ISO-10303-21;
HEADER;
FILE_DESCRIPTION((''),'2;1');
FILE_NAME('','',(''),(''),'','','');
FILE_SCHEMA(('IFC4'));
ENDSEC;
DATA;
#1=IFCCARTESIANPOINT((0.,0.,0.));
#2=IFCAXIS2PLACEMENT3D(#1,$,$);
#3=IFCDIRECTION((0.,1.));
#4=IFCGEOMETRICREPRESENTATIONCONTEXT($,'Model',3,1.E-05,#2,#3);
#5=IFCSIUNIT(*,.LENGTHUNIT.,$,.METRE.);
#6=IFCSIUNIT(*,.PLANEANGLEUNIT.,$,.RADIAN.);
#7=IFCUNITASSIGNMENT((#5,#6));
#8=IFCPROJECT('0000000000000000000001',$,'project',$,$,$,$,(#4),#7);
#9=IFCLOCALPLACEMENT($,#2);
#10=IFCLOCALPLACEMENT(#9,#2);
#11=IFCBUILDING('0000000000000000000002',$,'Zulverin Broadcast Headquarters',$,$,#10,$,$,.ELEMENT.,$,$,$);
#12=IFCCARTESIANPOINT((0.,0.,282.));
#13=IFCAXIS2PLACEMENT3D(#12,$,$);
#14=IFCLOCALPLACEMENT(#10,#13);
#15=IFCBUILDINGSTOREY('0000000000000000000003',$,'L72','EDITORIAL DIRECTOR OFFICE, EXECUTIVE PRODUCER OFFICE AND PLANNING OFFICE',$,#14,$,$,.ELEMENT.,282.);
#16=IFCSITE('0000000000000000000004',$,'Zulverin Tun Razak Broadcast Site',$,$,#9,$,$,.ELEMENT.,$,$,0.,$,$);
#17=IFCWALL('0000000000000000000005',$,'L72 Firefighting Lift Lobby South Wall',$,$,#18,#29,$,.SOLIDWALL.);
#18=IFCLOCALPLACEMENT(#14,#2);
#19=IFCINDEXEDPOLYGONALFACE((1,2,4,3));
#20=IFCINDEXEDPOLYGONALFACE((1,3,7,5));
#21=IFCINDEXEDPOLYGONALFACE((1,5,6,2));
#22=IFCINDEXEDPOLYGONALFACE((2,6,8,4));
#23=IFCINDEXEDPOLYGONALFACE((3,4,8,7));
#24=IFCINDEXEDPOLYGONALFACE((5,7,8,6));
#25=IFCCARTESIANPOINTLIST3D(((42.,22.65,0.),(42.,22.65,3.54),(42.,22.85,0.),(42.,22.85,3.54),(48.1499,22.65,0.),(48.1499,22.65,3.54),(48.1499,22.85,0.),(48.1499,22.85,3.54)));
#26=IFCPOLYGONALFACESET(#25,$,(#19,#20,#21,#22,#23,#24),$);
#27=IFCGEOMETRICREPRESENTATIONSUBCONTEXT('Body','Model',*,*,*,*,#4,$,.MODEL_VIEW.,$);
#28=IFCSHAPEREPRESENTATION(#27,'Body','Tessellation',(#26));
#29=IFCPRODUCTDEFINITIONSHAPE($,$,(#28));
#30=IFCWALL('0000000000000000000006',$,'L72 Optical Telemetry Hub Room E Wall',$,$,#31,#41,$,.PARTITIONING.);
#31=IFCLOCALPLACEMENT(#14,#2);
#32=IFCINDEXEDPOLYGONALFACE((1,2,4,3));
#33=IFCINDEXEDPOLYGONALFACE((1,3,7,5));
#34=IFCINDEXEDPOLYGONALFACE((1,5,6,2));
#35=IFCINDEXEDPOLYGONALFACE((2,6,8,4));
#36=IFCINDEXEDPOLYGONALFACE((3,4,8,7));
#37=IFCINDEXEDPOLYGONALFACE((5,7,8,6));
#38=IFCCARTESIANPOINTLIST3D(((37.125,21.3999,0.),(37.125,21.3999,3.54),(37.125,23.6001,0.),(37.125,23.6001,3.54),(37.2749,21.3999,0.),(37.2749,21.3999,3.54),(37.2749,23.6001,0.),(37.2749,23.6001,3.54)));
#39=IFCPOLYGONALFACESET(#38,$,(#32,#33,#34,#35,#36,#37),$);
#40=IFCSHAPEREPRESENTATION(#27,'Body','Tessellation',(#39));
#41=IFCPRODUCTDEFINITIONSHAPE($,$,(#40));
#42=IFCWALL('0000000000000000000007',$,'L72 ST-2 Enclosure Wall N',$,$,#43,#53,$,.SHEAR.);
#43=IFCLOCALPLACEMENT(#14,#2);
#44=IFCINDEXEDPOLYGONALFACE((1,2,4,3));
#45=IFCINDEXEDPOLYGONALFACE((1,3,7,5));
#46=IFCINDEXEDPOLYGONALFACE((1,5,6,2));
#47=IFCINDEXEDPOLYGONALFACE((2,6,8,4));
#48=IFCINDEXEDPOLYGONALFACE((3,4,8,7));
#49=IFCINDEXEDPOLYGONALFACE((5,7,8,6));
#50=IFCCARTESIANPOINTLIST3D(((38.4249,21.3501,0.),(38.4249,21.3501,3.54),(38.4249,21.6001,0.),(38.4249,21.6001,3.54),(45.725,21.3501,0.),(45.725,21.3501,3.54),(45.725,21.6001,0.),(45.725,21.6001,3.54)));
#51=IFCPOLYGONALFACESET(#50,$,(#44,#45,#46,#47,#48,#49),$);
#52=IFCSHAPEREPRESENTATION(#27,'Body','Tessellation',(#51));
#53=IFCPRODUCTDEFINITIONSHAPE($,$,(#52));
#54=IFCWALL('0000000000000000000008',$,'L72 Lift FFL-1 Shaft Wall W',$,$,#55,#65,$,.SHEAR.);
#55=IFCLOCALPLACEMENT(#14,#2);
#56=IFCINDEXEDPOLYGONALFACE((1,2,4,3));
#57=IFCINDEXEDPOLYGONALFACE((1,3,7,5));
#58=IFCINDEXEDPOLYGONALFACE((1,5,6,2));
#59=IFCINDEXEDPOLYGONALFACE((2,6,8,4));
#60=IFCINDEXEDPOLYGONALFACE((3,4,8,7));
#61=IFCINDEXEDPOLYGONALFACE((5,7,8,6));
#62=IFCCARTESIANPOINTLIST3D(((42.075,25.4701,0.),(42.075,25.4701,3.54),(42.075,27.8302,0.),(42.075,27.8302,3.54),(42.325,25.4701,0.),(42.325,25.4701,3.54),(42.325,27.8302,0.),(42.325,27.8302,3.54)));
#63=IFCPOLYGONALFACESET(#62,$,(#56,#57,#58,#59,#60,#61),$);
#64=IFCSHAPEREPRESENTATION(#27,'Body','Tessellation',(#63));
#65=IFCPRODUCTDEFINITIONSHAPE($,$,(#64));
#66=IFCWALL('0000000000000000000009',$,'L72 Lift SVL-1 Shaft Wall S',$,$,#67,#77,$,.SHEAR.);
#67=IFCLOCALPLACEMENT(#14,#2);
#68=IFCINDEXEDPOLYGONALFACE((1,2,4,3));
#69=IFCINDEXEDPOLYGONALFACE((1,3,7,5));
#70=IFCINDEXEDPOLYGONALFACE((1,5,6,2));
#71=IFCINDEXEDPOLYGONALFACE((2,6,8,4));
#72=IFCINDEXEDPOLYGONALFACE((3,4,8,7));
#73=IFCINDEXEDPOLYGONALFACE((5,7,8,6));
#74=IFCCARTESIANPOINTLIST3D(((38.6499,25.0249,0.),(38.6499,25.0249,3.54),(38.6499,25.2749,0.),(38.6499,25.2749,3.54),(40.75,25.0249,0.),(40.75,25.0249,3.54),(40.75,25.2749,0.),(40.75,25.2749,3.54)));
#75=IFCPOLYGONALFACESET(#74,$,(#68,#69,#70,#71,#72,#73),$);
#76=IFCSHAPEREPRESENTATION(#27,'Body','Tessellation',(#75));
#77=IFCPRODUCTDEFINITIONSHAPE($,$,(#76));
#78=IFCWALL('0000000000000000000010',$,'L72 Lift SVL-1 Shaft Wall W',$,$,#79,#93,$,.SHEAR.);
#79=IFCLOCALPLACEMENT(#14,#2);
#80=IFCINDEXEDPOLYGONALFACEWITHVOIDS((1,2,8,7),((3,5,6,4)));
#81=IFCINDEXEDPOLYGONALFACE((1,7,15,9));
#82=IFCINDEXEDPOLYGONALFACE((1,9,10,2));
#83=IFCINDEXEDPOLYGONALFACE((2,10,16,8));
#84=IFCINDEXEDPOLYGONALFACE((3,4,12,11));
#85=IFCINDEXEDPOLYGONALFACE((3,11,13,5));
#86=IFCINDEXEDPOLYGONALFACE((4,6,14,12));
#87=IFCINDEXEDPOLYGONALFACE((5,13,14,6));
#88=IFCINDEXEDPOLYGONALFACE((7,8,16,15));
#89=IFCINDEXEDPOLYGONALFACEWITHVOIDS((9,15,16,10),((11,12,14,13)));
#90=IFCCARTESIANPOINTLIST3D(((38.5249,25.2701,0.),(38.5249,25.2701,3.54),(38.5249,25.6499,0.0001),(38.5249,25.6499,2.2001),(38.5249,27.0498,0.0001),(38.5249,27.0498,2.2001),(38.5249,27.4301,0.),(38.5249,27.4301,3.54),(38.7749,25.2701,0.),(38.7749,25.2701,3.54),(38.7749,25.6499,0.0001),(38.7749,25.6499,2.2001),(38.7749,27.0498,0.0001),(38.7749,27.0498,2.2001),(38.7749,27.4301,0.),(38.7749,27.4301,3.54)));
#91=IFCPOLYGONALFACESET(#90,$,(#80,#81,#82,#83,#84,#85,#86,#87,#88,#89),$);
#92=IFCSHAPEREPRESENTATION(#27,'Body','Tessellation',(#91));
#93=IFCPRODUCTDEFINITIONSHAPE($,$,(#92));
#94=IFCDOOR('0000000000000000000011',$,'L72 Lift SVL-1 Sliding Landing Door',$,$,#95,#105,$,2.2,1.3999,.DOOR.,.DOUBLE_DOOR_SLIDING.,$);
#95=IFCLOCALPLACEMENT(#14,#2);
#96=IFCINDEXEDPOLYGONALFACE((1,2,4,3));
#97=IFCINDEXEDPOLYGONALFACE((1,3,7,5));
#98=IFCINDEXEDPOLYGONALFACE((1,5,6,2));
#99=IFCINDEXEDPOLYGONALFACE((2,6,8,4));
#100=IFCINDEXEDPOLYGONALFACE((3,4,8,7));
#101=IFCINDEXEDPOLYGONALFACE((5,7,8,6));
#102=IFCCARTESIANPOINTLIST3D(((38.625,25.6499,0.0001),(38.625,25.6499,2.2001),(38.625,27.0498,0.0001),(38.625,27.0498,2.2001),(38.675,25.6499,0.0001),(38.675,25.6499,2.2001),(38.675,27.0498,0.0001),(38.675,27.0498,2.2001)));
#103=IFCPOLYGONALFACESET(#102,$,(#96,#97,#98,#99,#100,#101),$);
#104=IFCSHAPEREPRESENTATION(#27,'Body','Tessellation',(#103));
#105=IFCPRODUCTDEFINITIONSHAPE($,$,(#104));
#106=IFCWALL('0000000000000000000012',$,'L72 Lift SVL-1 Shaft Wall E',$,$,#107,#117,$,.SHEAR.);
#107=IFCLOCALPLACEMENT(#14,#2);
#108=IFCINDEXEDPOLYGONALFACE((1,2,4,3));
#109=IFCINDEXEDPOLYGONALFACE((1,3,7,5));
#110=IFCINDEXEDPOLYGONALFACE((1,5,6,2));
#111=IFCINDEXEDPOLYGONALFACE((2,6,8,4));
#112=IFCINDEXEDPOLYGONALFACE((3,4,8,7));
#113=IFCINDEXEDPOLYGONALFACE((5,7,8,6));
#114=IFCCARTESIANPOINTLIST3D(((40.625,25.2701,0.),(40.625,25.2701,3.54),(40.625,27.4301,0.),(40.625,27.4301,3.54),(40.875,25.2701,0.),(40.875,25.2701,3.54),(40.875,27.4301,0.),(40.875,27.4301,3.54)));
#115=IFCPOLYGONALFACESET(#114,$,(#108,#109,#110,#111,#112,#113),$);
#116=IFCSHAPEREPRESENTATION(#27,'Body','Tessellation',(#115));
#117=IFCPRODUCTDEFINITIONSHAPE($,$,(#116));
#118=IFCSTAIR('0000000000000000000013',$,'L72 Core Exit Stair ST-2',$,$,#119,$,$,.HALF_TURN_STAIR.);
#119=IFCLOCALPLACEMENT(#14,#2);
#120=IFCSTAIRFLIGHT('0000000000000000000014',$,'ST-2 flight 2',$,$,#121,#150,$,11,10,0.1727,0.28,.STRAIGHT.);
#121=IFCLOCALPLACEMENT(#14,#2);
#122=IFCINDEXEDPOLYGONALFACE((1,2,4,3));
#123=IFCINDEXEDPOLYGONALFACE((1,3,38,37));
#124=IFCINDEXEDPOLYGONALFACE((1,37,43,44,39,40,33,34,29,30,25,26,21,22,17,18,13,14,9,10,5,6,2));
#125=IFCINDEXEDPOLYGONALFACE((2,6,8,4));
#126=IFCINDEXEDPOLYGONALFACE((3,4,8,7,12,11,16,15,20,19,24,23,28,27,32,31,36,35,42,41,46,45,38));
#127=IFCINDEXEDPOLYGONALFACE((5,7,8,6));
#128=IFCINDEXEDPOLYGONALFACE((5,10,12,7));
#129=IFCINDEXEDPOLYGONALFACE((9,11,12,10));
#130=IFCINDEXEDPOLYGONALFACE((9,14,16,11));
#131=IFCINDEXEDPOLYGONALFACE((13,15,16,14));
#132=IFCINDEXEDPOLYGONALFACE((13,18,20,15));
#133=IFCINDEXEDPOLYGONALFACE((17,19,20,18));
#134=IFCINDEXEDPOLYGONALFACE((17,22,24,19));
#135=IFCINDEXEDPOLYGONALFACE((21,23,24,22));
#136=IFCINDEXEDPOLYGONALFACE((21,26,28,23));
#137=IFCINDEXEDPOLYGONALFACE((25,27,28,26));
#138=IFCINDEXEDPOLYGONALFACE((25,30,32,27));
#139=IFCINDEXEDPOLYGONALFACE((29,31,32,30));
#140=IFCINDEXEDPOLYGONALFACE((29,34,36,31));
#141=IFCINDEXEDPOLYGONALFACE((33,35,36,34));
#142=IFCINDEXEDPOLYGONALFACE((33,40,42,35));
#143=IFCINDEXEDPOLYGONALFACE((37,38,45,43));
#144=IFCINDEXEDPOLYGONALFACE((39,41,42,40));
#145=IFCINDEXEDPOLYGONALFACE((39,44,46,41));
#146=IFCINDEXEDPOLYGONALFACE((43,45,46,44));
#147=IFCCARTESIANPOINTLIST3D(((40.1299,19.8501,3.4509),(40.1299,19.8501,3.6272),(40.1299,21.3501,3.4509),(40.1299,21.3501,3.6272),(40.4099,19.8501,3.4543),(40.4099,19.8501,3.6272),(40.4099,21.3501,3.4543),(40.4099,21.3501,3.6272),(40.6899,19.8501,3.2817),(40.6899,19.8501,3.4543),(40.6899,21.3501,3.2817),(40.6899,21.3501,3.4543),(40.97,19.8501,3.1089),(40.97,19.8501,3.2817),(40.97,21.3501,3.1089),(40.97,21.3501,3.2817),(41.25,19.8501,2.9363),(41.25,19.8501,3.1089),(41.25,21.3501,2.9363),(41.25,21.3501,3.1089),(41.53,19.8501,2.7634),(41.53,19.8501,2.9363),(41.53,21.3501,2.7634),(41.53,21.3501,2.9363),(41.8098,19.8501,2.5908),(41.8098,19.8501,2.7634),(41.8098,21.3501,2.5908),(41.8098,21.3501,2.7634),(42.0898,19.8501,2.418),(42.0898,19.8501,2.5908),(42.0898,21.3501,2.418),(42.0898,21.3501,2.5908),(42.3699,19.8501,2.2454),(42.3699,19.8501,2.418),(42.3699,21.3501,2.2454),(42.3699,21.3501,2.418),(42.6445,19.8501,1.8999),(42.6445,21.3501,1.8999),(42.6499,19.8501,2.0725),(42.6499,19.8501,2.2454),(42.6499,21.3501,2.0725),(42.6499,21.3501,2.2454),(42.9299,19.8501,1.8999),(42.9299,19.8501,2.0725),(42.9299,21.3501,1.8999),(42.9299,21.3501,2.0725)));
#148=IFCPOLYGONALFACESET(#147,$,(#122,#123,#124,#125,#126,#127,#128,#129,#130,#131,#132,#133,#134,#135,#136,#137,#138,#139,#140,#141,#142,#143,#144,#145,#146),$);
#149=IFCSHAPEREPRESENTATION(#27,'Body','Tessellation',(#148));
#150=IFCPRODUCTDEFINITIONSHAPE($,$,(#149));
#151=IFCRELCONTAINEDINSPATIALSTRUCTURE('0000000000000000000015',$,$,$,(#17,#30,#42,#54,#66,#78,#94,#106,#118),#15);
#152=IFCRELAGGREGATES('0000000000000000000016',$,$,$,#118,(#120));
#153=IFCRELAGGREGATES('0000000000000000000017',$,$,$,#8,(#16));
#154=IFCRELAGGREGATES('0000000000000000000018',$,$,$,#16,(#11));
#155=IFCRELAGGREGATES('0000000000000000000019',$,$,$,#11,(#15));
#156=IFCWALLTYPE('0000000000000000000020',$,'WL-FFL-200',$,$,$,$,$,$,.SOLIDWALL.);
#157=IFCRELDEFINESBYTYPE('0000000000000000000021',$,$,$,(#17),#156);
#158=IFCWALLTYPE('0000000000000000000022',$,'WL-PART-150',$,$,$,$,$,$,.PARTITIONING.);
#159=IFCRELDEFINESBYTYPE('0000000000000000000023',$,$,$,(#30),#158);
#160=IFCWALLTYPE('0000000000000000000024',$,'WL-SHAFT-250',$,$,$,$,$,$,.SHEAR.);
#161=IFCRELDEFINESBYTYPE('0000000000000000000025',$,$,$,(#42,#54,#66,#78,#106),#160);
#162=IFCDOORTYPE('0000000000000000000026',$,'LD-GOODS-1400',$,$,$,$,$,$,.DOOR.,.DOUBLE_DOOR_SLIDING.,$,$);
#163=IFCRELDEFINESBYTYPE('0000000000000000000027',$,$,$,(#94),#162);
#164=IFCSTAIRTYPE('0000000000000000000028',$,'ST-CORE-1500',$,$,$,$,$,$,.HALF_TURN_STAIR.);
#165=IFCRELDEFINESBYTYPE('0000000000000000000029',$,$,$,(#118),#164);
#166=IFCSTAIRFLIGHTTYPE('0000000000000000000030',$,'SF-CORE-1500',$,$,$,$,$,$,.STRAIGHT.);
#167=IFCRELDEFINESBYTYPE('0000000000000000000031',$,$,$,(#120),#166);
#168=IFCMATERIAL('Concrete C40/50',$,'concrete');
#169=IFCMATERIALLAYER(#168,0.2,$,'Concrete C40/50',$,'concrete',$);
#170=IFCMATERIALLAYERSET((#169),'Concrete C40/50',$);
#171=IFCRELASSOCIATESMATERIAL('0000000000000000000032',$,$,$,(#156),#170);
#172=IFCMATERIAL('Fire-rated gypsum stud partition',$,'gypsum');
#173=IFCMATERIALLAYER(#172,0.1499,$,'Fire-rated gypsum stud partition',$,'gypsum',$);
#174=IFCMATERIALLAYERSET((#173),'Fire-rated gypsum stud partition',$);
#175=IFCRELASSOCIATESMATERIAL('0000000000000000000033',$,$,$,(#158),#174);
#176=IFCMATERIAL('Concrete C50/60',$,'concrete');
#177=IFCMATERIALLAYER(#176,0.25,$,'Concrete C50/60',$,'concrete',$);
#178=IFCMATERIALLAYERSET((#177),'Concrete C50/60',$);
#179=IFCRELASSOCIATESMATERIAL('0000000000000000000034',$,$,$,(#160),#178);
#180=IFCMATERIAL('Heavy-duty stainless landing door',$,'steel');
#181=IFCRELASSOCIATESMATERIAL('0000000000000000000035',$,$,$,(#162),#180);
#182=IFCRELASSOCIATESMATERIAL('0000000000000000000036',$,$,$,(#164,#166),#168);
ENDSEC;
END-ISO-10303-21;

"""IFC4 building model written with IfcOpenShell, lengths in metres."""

from ifc_helpers import new_model, si_unit, direction, frame, frame_2d, origin, place, context, subcontext, project, spatial, polyline, rectangle, outline, extrude, material, layer, layer_set, type_object, element, fill, aggregate, save


model = new_model("IFC4")

# Units and contexts
model_context = context("Model", 3, precision=1e-05, world=origin(), true_north=direction((0.0, 1.0)))
body_context = subcontext(model_context, "Body", "Model", "MODEL_VIEW")
ifc_project = project(units=[si_unit("LENGTHUNIT", "METRE"), si_unit("PLANEANGLEUNIT", "RADIAN")], contexts=[model_context])

# Site, building, storey
site_placement = place(None, origin())
site = spatial("IfcSite", under=ifc_project, at=site_placement, Name="Zulverin Tun Razak Broadcast Site", CompositionType="ELEMENT", RefElevation=0.0)
building_placement = place(site_placement, origin())
building = spatial("IfcBuilding", under=site, at=building_placement, Name="Zulverin Broadcast Headquarters", CompositionType="ELEMENT")
storey_placement = place(building_placement, frame((0.0, 0.0, 282.0)))
storey = spatial("IfcBuildingStorey", under=building, at=storey_placement, Name="L72", Description="EDITORIAL DIRECTOR OFFICE, EXECUTIVE PRODUCER OFFICE AND PLANNING OFFICE", CompositionType="ELEMENT", Elevation=282.0)

# Shared definitions
ifc_material_1 = material(Name="Concrete C40/50", Category="concrete")
ifc_layer_1 = layer(ifc_material_1, 0.2, Name="Concrete C40/50", Category="concrete")
ifc_layer_set_1 = layer_set([ifc_layer_1], Name="Concrete C40/50")
wall_type_1 = type_object("IfcWallType", Name="WL-FFL-200", PredefinedType="SOLIDWALL", material=ifc_layer_set_1)

# Walls
wall_1_placement = place(storey_placement, frame((42.0, 22.75, 0.0), z_axis=(0.0, 0.0, 1.0), x_axis=(1.0, 0.0, 0.0)))
element("IfcWall", 1, at=wall_1_placement, inside=storey, type_object=wall_type_1, Name="L72 Firefighting Lift Lobby South Wall", PredefinedType="SOLIDWALL", context=body_context, shape_type="SweptSolid", body=[
    extrude(rectangle(XDim=6.1499, YDim=0.2, at=frame_2d((3.075, 0.0))), origin(), (0.0, 0.0, 1.0), 3.54),
])
ifc_material_2 = material(Name="Fire-rated gypsum stud partition", Category="gypsum")
ifc_layer_2 = layer(ifc_material_2, 0.1499, Name="Fire-rated gypsum stud partition", Category="gypsum")
ifc_layer_set_2 = layer_set([ifc_layer_2], Name="Fire-rated gypsum stud partition")
wall_type_2 = type_object("IfcWallType", Name="WL-PART-150", PredefinedType="PARTITIONING", material=ifc_layer_set_2)
wall_2_placement = place(storey_placement, frame((37.2, 21.3999, 0.0), z_axis=(0.0, 0.0, 1.0), x_axis=(0.0, 1.0, 0.0)))
element("IfcWall", 2, at=wall_2_placement, inside=storey, type_object=wall_type_2, Name="L72 Optical Telemetry Hub Room E Wall", PredefinedType="PARTITIONING", context=body_context, shape_type="SweptSolid", body=[
    extrude(rectangle(XDim=2.2002, YDim=0.1499, at=frame_2d((1.1001, 0.0))), origin(), (0.0, 0.0, 1.0), 3.54),
])
ifc_material_3 = material(Name="Concrete C50/60", Category="concrete")
ifc_layer_3 = layer(ifc_material_3, 0.25, Name="Concrete C50/60", Category="concrete")
ifc_layer_set_3 = layer_set([ifc_layer_3], Name="Concrete C50/60")
wall_type_3 = type_object("IfcWallType", Name="WL-SHAFT-250", PredefinedType="SHEAR", material=ifc_layer_set_3)
wall_3_placement = place(storey_placement, frame((38.425, 21.4751, 0.0), z_axis=(0.0, 0.0, 1.0), x_axis=(1.0, 0.0, 0.0)))
element("IfcWall", 3, at=wall_3_placement, inside=storey, type_object=wall_type_3, Name="L72 ST-2 Enclosure Wall N", PredefinedType="SHEAR", context=body_context, shape_type="SweptSolid", body=[
    extrude(rectangle(XDim=7.3, YDim=0.25, at=frame_2d((3.6499, 0.0))), origin(), (0.0, 0.0, 1.0), 3.54),
])

# Wall
wall_4_placement = place(storey_placement, frame((42.2, 25.47, 0.0), z_axis=(0.0, 0.0, 1.0), x_axis=(0.0, 1.0, 0.0)))
element("IfcWall", 4, at=wall_4_placement, inside=storey, type_object=wall_type_3, Name="L72 Lift FFL-1 Shaft Wall W", PredefinedType="SHEAR", context=body_context, shape_type="SweptSolid", body=[
    extrude(rectangle(XDim=2.3601, YDim=0.25, at=frame_2d((1.1802, 0.0))), origin(), (0.0, 0.0, 1.0), 3.54),
])

# Wall
wall_5_placement = place(storey_placement, frame((38.6499, 25.1499, 0.0), z_axis=(0.0, 0.0, 1.0), x_axis=(1.0, 0.0, 0.0)))
element("IfcWall", 5, at=wall_5_placement, inside=storey, type_object=wall_type_3, Name="L72 Lift SVL-1 Shaft Wall S", PredefinedType="SHEAR", context=body_context, shape_type="SweptSolid", body=[
    extrude(rectangle(XDim=2.1001, YDim=0.25, at=frame_2d((1.05, 0.0))), origin(), (0.0, 0.0, 1.0), 3.54),
])

# Wall, opening, door
wall_6_placement = place(storey_placement, frame((38.6499, 25.27, 0.0), z_axis=(0.0, 0.0, 1.0), x_axis=(0.0, 1.0, 0.0)))
wall_6 = element("IfcWall", 6, at=wall_6_placement, inside=storey, type_object=wall_type_3, Name="L72 Lift SVL-1 Shaft Wall W", PredefinedType="SHEAR", context=body_context, shape_type="SweptSolid", body=[
    extrude(rectangle(XDim=2.1599, YDim=0.25, at=frame_2d((1.0801, 0.0))), origin(), (0.0, 0.0, 1.0), 3.54),
])
opening_1_placement = place(wall_6_placement, frame((0.3799, 0.0, 0.0)))
opening_1 = element("IfcOpeningElement", 7, at=opening_1_placement, cuts=wall_6, PredefinedType="OPENING", context=body_context, shape_type="SweptSolid", body=[
    extrude(rectangle(XDim=1.3999, YDim=2.2, at=frame_2d((0.7, 1.1001))), frame((0.0, 0.135, 0.0), z_axis=(0.0, -1.0, 0.0), x_axis=(1.0, 0.0, 0.0)), (0.0, 0.0, 1.0), 0.27),
])
ifc_material_4 = material(Name="Heavy-duty stainless landing door", Category="steel")
door_type_1 = type_object("IfcDoorType", Name="LD-GOODS-1400", OperationType="DOUBLE_DOOR_SLIDING", PredefinedType="DOOR", material=ifc_material_4)
door_1_placement = place(opening_1_placement, origin())
door_1 = element("IfcDoor", 8, at=door_1_placement, inside=storey, type_object=door_type_1, Name="L72 Lift SVL-1 Sliding Landing Door", OperationType="DOUBLE_DOOR_SLIDING", OverallHeight=2.2, OverallWidth=1.3999, PredefinedType="DOOR", context=body_context, shape_type="SweptSolid", body=[
    extrude(rectangle(XDim=1.3999, YDim=2.2, at=frame_2d((0.7, 1.1001))), frame((0.0, 0.0249, 0.0), z_axis=(0.0, -1.0, 0.0), x_axis=(1.0, 0.0, 0.0)), (0.0, 0.0, 1.0), 0.05),
])
fill(opening_1, door_1)

# Wall
wall_7_placement = place(storey_placement, frame((40.75, 25.27, 0.0), z_axis=(0.0, 0.0, 1.0), x_axis=(0.0, 1.0, 0.0)))
element("IfcWall", 9, at=wall_7_placement, inside=storey, type_object=wall_type_3, Name="L72 Lift SVL-1 Shaft Wall E", PredefinedType="SHEAR", context=body_context, shape_type="SweptSolid", body=[
    extrude(rectangle(XDim=2.1599, YDim=0.25, at=frame_2d((1.0801, 0.0))), origin(), (0.0, 0.0, 1.0), 3.54),
])

# Stair, stair flight
stair_type = type_object("IfcStairType", Name="ST-CORE-1500", PredefinedType="HALF_TURN_STAIR", material=ifc_material_1)
stair_placement = place(storey_placement, origin())
stair = element("IfcStair", 10, at=stair_placement, inside=storey, type_object=stair_type, Name="L72 Core Exit Stair ST-2", PredefinedType="HALF_TURN_STAIR")
stair_flight_type = type_object("IfcStairFlightType", Name="SF-CORE-1500", PredefinedType="STRAIGHT", material=ifc_material_1)
stair_flight_placement = place(storey_placement, frame((42.9299, 20.6001, 1.8999), z_axis=(0.0, 0.0, 1.0), x_axis=(-1.0, 0.0, 0.0)))
stair_flight = element("IfcStairFlight", 11, at=stair_flight_placement, type_object=stair_flight_type, Name="ST-2 flight 2", NumberOfRisers=11, NumberOfTreads=10, PredefinedType="STRAIGHT", RiserHeight=0.1727, TreadLength=0.28, context=body_context, shape_type="SweptSolid", body=[
    extrude(outline(polyline([(0.0, 0.0), (0.0, 0.1726), (0.28, 0.1726), (0.28, 0.3455), (0.5601, 0.3455), (0.5601, 0.5181), (0.8401, 0.5181), (0.8401, 0.6909), (1.1201, 0.6909), (1.1201, 0.8635), (1.3999, 0.8635), (1.3999, 1.0364), (1.6799, 1.0364), (1.6799, 1.209), (1.96, 1.209), (1.96, 1.3818), (2.24, 1.3818), (2.24, 1.5544), (2.52, 1.5544), (2.52, 1.7273), (2.8, 1.7273), (2.8, 1.8999), (2.8, 1.551), (0.2854, 0.0), (0.0, 0.0)])), frame((0.0, 0.75, 0.0), z_axis=(0.0, -1.0, 0.0), x_axis=(1.0, 0.0, 0.0)), (0.0, 0.0, 1.0), 1.5),
])
aggregate(stair, [stair_flight])

save(model, "model.ifc")
